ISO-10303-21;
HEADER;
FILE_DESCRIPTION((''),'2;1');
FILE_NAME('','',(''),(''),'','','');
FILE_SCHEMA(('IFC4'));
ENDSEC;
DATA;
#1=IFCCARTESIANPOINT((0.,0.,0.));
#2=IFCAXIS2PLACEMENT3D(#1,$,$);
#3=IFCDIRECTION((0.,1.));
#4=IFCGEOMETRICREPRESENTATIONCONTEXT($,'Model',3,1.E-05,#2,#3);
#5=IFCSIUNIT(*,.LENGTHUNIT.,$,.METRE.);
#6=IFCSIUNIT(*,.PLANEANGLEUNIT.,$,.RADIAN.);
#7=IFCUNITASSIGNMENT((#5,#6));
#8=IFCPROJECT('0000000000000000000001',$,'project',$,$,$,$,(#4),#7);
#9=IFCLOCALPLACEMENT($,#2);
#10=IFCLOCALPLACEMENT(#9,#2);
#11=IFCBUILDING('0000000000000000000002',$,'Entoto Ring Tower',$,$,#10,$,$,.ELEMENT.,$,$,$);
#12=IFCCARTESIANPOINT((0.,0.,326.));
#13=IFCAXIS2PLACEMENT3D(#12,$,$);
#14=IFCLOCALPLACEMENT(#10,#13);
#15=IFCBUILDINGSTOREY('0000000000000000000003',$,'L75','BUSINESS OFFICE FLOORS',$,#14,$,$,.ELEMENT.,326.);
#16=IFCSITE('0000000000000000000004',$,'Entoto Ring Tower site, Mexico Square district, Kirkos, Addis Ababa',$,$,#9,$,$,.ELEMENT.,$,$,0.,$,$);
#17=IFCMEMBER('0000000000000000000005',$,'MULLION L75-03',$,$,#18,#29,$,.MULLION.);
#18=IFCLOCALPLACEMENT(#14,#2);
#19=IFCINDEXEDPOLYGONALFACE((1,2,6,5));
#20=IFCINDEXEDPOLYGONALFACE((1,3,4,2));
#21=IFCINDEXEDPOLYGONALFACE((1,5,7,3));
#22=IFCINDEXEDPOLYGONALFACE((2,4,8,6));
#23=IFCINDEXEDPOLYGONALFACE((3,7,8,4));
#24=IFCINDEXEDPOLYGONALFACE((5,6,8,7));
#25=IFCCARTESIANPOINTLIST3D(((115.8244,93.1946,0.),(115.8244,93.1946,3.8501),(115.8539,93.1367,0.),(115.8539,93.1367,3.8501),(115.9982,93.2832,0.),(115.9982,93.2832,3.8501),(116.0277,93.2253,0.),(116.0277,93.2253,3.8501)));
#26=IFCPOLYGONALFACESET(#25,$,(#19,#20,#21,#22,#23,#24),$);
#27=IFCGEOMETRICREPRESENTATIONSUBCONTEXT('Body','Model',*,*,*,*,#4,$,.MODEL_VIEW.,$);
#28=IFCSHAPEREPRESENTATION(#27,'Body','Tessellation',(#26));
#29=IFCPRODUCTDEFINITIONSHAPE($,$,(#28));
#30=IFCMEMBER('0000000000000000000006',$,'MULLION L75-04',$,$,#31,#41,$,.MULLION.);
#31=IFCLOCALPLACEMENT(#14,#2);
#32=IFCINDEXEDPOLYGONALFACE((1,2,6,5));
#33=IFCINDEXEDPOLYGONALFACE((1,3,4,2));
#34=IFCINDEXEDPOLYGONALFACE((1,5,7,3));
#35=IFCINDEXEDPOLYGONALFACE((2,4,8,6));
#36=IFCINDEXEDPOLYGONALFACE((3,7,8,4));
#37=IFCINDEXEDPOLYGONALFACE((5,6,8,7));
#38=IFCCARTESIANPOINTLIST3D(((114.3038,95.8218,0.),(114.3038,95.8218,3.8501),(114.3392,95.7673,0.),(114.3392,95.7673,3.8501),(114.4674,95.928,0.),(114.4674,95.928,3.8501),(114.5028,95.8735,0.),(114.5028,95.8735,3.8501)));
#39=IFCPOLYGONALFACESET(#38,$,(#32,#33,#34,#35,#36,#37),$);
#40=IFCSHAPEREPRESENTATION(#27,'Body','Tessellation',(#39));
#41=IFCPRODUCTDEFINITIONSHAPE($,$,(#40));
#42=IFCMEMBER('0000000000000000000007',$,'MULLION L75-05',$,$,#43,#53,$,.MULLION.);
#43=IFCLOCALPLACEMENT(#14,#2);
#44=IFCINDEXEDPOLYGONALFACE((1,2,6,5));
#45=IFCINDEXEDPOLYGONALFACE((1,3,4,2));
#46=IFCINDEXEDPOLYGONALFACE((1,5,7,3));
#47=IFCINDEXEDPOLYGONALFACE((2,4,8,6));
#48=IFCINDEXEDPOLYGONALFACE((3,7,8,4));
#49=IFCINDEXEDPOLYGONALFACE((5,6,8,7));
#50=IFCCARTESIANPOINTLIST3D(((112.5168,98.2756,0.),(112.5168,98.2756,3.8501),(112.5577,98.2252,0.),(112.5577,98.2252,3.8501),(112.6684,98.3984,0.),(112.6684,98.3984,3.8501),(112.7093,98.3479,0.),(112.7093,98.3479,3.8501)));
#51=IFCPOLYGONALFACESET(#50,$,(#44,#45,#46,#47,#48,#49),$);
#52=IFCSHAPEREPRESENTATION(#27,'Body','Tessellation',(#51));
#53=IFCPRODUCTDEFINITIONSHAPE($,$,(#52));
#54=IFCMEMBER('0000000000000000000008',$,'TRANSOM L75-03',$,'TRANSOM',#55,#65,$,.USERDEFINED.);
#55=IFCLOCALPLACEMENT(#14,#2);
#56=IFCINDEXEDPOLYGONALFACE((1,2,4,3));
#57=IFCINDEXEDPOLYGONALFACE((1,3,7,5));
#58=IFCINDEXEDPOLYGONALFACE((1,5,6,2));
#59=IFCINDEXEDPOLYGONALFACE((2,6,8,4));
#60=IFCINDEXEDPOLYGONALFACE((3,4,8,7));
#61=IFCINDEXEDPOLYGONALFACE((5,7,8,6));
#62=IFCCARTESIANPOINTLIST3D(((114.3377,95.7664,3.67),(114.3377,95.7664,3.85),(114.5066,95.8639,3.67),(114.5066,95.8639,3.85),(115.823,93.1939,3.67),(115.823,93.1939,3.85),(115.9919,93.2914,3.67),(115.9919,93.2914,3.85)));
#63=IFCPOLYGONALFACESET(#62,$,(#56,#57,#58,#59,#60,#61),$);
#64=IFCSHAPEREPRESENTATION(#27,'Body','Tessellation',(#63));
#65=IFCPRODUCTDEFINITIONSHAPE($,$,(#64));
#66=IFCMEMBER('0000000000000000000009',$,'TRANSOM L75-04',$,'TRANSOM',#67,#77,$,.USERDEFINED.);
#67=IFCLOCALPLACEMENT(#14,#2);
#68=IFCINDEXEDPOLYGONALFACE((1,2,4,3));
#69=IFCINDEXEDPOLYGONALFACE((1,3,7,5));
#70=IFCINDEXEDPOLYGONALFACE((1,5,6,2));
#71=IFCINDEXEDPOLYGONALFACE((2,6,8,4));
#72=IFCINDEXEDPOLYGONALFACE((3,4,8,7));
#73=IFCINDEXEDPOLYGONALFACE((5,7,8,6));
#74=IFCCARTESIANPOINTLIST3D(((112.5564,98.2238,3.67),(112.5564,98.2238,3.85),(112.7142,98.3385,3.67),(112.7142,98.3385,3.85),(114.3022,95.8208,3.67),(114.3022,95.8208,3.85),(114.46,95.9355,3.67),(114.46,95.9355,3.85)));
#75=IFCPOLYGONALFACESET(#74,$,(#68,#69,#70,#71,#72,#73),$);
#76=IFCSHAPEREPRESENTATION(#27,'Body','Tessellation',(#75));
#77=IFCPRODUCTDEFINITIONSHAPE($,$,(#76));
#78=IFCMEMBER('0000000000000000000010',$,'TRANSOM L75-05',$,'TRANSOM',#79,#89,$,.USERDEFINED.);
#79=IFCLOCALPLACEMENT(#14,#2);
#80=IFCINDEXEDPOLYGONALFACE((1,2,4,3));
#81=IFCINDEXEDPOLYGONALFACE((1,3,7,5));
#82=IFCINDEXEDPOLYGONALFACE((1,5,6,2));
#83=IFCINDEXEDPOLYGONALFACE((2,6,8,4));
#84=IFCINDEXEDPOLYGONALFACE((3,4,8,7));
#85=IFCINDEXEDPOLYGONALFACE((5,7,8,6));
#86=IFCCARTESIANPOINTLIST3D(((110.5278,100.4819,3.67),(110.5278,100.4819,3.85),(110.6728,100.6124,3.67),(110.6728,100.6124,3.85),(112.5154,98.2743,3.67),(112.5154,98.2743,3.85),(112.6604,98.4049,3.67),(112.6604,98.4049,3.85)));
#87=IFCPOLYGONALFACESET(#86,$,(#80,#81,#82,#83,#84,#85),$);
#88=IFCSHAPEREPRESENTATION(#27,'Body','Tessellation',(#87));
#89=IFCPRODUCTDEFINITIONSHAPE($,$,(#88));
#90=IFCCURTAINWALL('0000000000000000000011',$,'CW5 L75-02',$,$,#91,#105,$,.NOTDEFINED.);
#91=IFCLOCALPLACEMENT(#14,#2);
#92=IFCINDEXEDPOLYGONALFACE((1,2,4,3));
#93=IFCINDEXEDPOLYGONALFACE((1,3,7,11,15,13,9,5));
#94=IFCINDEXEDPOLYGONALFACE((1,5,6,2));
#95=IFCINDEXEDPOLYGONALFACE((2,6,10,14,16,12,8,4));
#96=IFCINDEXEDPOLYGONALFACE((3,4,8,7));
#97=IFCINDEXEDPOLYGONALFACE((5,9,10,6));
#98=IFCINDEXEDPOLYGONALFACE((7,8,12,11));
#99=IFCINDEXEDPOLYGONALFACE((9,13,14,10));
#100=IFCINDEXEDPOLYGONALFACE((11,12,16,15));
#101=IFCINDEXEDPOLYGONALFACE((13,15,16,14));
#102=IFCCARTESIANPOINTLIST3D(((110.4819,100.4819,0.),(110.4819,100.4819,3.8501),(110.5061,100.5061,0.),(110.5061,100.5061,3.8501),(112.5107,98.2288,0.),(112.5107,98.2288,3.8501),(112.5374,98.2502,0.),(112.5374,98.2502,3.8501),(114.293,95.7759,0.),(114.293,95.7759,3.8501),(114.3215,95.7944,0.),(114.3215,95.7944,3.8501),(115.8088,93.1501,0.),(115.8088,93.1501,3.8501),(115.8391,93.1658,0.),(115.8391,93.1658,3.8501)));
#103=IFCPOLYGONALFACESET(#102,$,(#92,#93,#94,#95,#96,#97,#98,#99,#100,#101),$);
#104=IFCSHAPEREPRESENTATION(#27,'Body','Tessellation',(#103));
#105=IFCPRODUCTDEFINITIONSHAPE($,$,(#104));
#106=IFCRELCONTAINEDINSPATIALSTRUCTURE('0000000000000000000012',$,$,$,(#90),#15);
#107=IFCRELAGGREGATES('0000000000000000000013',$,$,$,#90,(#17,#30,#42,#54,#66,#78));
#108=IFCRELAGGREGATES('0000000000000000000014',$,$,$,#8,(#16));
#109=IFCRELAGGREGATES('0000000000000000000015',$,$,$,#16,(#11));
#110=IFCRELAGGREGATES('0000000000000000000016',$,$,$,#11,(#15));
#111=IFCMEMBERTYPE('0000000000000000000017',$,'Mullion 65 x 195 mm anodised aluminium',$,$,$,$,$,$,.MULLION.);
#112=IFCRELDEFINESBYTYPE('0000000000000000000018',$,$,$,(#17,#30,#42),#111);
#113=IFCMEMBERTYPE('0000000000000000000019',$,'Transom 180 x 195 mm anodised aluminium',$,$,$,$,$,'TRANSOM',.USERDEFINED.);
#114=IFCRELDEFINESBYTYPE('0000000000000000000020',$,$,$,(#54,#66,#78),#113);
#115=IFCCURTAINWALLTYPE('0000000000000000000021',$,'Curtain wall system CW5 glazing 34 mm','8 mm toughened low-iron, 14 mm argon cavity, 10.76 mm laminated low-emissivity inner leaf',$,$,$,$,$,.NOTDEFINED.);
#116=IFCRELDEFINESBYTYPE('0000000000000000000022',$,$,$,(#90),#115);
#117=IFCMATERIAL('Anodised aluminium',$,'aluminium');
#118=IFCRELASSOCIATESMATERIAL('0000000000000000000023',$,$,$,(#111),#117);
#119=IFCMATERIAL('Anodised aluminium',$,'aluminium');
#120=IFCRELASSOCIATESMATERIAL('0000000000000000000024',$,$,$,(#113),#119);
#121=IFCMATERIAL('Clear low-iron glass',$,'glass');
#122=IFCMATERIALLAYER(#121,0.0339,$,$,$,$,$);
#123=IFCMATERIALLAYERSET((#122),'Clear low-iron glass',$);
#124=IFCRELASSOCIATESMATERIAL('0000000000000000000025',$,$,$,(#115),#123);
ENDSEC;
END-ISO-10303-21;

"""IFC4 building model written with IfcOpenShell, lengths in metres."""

from ifc_helpers import new_model, si_unit, direction, frame, origin, origin_2d, place, context, subcontext, project, spatial, polyline, rectangle, outline, extrude, material, layer, layer_set, material_profile, profile_set, type_object, element, aggregate, save


model = new_model("IFC4")

# Units and contexts
model_context = context("Model", 3, precision=1e-05, world=origin(), true_north=direction((0.0, 1.0)))
body_context = subcontext(model_context, "Body", "Model", "MODEL_VIEW")
ifc_project = project(units=[si_unit("LENGTHUNIT", "METRE"), si_unit("PLANEANGLEUNIT", "RADIAN")], contexts=[model_context])

# Members
ifc_material_1 = material(Name="Anodised aluminium", Category="aluminium")
ifc_material_profile_1 = material_profile(ifc_material_1, rectangle(XDim=0.0649, YDim=0.1951, at=origin_2d()), Name="Mullion 65 x 195 mm anodised aluminium")
ifc_profile_set_1 = profile_set([ifc_material_profile_1], Name="Anodised aluminium")
member_type_1 = type_object("IfcMemberType", Name="Mullion 65 x 195 mm anodised aluminium", PredefinedType="MULLION", material=ifc_profile_set_1)
site_placement = place(None, origin())
building_placement = place(site_placement, origin())
storey_placement = place(building_placement, frame((0.0, 0.0, 326.0)))
member_1_placement = place(storey_placement, frame((115.926, 93.21, 0.0), z_axis=(0.0, 0.0, 1.0), x_axis=(-0.45399, 0.891007, 0.0)))
member_1 = element("IfcMember", 1, at=member_1_placement, type_object=member_type_1, Name="MULLION L75-03", PredefinedType="MULLION", context=body_context, shape_type="SweptSolid", body=[
    extrude(rectangle(XDim=0.0649, YDim=0.1951, at=origin_2d()), origin(), (0.0, 0.0, 1.0), 3.8501),
])
member_2_placement = place(storey_placement, frame((114.4033, 95.8477, 0.0), z_axis=(0.0, 0.0, 1.0), x_axis=(-0.544639, 0.838671, 0.0)))
member_2 = element("IfcMember", 2, at=member_2_placement, type_object=member_type_1, Name="MULLION L75-04", PredefinedType="MULLION", context=body_context, shape_type="SweptSolid", body=[
    extrude(rectangle(XDim=0.0649, YDim=0.1951, at=origin_2d()), origin(), (0.0, 0.0, 1.0), 3.8501),
])
member_3_placement = place(storey_placement, frame((112.613, 98.3118, 0.0), z_axis=(0.0, 0.0, 1.0), x_axis=(-0.62932, 0.777146, 0.0)))
member_3 = element("IfcMember", 3, at=member_3_placement, type_object=member_type_1, Name="MULLION L75-05", PredefinedType="MULLION", context=body_context, shape_type="SweptSolid", body=[
    extrude(rectangle(XDim=0.0649, YDim=0.1951, at=origin_2d()), origin(), (0.0, 0.0, 1.0), 3.8501),
])
ifc_material_2 = material(Name="Anodised aluminium", Category="aluminium")
ifc_material_profile_2 = material_profile(ifc_material_2, rectangle(XDim=0.1951, YDim=0.1799, at=origin_2d()), Name="Transom 180 x 195 mm anodised aluminium")
ifc_profile_set_2 = profile_set([ifc_material_profile_2], Name="Anodised aluminium")
member_type_2 = type_object("IfcMemberType", Name="Transom 180 x 195 mm anodised aluminium", ElementType="TRANSOM", PredefinedType="USERDEFINED", material=ifc_profile_set_2)
member_4_placement = place(storey_placement, frame((115.9075, 93.2427, 3.76), z_axis=(-0.500028, 0.866009, 0.0), x_axis=(-0.866009, -0.500028, 0.0)))
member_4 = element("IfcMember", 4, at=member_4_placement, type_object=member_type_2, Name="TRANSOM L75-03", ObjectType="TRANSOM", PredefinedType="USERDEFINED", context=body_context, shape_type="SweptSolid", body=[
    extrude(rectangle(XDim=0.1951, YDim=0.1799, at=origin_2d()), origin(), (0.0, 0.0, 1.0), 2.9705),
])
member_5_placement = place(storey_placement, frame((114.3811, 95.8782, 3.76), z_axis=(-0.587766, 0.809031, 0.0), x_axis=(-0.809031, -0.587766, 0.0)))
member_5 = element("IfcMember", 5, at=member_5_placement, type_object=member_type_2, Name="TRANSOM L75-04", ObjectType="TRANSOM", PredefinedType="USERDEFINED", context=body_context, shape_type="SweptSolid", body=[
    extrude(rectangle(XDim=0.1951, YDim=0.1799, at=origin_2d()), origin(), (0.0, 0.0, 1.0), 2.9702),
])
member_6_placement = place(storey_placement, frame((112.5879, 98.3396, 3.76), z_axis=(-0.66911, 0.743163, 0.0), x_axis=(-0.743163, -0.66911, 0.0)))
member_6 = element("IfcMember", 6, at=member_6_placement, type_object=member_type_2, Name="TRANSOM L75-05", ObjectType="TRANSOM", PredefinedType="USERDEFINED", context=body_context, shape_type="SweptSolid", body=[
    extrude(rectangle(XDim=0.1951, YDim=0.1799, at=origin_2d()), origin(), (0.0, 0.0, 1.0), 2.9705),
])

# Site, building, storey
site = spatial("IfcSite", under=ifc_project, at=site_placement, Name="Entoto Ring Tower site, Mexico Square district, Kirkos, Addis Ababa", CompositionType="ELEMENT", RefElevation=0.0)
building = spatial("IfcBuilding", under=site, at=building_placement, Name="Entoto Ring Tower", CompositionType="ELEMENT")
storey = spatial("IfcBuildingStorey", under=building, at=storey_placement, Name="L75", Description="BUSINESS OFFICE FLOORS", CompositionType="ELEMENT", Elevation=326.0)

# Curtain wall
ifc_material_3 = material(Name="Clear low-iron glass", Category="glass")
ifc_layer_1 = layer(ifc_material_3, 0.0339)
ifc_layer_set_1 = layer_set([ifc_layer_1], Name="Clear low-iron glass")
curtain_wall_type = type_object("IfcCurtainWallType", Name="Curtain wall system CW5 glazing 34 mm", Description="8 mm toughened low-iron, 14 mm argon cavity, 10.76 mm laminated low-emissivity inner leaf", PredefinedType="NOTDEFINED", material=ifc_layer_set_1)
curtain_wall_1_placement = place(storey_placement, origin())
curtain_wall_1 = element("IfcCurtainWall", 7, at=curtain_wall_1_placement, inside=storey, type_object=curtain_wall_type, Name="CW5 L75-02", PredefinedType="NOTDEFINED", context=body_context, shape_type="SweptSolid", body=[
    extrude(outline(polyline([(115.8391, 93.1658), (114.3215, 95.7944), (112.5374, 98.2502), (110.5061, 100.5061), (110.4819, 100.4819), (112.5107, 98.2288), (114.293, 95.7759), (115.8088, 93.1501), (115.8391, 93.1658)])), origin(), (0.0, 0.0, 1.0), 3.8501),
])
aggregate(curtain_wall_1, [member_1, member_2, member_3, member_4, member_5, member_6])

save(model, "model.ifc")
